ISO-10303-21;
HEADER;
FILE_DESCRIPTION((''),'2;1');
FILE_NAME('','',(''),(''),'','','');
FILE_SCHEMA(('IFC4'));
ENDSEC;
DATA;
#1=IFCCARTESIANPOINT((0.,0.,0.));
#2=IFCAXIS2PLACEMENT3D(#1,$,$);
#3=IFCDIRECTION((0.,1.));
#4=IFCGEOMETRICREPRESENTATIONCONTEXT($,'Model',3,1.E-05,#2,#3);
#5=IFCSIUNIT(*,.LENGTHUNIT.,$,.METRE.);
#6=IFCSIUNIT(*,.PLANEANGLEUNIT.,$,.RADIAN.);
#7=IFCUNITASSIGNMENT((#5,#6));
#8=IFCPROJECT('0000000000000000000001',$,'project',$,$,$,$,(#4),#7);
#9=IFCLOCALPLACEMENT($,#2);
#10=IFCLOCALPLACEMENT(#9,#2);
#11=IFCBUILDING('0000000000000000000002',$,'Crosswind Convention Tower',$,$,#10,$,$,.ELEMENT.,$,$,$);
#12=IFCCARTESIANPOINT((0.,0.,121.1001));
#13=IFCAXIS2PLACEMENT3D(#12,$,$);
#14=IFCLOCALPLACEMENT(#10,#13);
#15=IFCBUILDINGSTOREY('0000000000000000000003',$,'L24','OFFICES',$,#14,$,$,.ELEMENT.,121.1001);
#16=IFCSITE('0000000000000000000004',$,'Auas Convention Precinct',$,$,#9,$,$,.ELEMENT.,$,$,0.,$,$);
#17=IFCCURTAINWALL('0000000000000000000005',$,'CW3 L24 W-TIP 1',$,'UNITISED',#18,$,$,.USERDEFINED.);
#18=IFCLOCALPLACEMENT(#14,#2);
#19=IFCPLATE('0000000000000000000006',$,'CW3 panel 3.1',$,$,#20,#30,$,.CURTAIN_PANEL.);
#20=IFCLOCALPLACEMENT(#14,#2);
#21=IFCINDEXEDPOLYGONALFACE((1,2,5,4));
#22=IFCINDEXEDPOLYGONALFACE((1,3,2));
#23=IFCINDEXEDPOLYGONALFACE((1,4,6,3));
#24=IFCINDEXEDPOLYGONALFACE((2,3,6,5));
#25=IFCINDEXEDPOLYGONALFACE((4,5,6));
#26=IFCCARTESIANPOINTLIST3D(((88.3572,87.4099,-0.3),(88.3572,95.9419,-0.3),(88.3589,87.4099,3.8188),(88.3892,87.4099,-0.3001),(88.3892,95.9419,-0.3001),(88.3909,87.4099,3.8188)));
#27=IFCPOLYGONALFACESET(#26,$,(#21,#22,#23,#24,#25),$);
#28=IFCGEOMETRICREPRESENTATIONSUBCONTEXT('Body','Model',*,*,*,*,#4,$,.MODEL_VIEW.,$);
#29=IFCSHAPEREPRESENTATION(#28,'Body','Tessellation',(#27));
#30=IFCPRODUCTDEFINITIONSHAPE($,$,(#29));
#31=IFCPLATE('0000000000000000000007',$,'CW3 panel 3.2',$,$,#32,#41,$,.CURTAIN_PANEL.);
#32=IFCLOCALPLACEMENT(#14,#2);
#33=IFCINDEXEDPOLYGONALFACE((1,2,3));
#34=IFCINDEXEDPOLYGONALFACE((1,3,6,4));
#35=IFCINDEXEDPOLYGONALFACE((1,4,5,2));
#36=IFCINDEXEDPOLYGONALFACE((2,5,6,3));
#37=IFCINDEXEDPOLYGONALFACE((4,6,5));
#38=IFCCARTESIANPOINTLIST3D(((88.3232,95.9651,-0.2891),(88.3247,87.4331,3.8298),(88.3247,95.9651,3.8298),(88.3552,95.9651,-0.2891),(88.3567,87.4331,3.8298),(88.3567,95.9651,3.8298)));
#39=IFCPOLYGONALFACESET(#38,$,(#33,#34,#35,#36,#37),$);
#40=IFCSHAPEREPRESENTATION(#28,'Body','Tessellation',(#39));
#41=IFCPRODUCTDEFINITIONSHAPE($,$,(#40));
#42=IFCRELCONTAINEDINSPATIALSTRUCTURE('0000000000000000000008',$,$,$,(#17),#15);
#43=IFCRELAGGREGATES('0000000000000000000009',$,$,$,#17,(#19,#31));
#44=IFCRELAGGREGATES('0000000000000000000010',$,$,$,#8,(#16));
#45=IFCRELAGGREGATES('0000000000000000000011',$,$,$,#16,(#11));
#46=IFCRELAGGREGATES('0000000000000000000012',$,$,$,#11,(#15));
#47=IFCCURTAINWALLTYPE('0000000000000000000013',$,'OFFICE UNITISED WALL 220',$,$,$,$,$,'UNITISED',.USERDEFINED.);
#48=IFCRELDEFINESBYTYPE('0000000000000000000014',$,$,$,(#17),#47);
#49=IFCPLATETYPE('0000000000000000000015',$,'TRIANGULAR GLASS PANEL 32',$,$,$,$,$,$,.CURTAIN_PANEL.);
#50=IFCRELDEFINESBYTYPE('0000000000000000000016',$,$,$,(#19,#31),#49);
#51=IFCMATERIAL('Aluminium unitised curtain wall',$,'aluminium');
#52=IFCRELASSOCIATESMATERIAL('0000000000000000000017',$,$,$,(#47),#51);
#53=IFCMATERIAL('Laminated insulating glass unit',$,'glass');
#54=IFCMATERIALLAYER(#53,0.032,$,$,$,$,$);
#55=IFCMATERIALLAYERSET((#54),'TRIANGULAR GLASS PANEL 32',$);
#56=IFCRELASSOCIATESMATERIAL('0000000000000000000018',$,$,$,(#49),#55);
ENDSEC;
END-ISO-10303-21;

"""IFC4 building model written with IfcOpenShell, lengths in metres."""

from ifc_helpers import new_model, si_unit, direction, frame, origin, place, context, subcontext, project, spatial, polyline, outline, extrude, material, layer, layer_set, type_object, element, aggregate, save


model = new_model("IFC4")

# Units and contexts
model_context = context("Model", 3, precision=1e-05, world=origin(), true_north=direction((0.0, 1.0)))
body_context = subcontext(model_context, "Body", "Model", "MODEL_VIEW")
ifc_project = project(units=[si_unit("LENGTHUNIT", "METRE"), si_unit("PLANEANGLEUNIT", "RADIAN")], contexts=[model_context])

# Site, building, storey
site_placement = place(None, origin())
site = spatial("IfcSite", under=ifc_project, at=site_placement, Name="Auas Convention Precinct", CompositionType="ELEMENT", RefElevation=0.0)
building_placement = place(site_placement, origin())
building = spatial("IfcBuilding", under=site, at=building_placement, Name="Crosswind Convention Tower", CompositionType="ELEMENT")
storey_placement = place(building_placement, frame((0.0, 0.0, 121.1001)))
storey = spatial("IfcBuildingStorey", under=building, at=storey_placement, Name="L24", Description="OFFICES", CompositionType="ELEMENT", Elevation=121.1001)

# Shared definitions
ifc_material_1 = material(Name="Aluminium unitised curtain wall", Category="aluminium")

# Curtain wall
curtain_wall_type_1 = type_object("IfcCurtainWallType", Name="OFFICE UNITISED WALL 220", ElementType="UNITISED", PredefinedType="USERDEFINED", material=ifc_material_1)
curtain_wall_1_placement = place(storey_placement, origin())
curtain_wall_1 = element("IfcCurtainWall", 1, at=curtain_wall_1_placement, inside=storey, type_object=curtain_wall_type_1, Name="CW3 L24 W-TIP 1", ObjectType="UNITISED", PredefinedType="USERDEFINED")

# Plates
ifc_material_2 = material(Name="Laminated insulating glass unit", Category="glass")
ifc_layer_1 = layer(ifc_material_2, 0.032)
ifc_layer_set_1 = layer_set([ifc_layer_1], Name="TRIANGULAR GLASS PANEL 32")
plate_type_1 = type_object("IfcPlateType", Name="TRIANGULAR GLASS PANEL 32", PredefinedType="CURTAIN_PANEL", material=ifc_layer_set_1)
plate_1_placement = place(storey_placement, frame((88.3572, 87.4099, -0.3), z_axis=(-1.0, 0.0, 0.000415), x_axis=(0.000415, 0.0, 1.0)))
plate_1 = element("IfcPlate", 2, at=plate_1_placement, type_object=plate_type_1, Name="CW3 panel 3.1", PredefinedType="CURTAIN_PANEL", context=body_context, shape_type="SweptSolid", body=[
    extrude(outline(polyline([(0.0, 0.0), (4.1189, 0.0), (0.0, 8.532), (0.0, 0.0)])), origin(), (0.0, 0.0, -1.0), 0.032),
])
plate_2_placement = place(storey_placement, frame((88.3247, 95.9651, 3.8298), z_axis=(-1.0, 0.0, 0.000356), x_axis=(-0.000356, 0.0, -1.0)))
plate_2 = element("IfcPlate", 3, at=plate_2_placement, type_object=plate_type_1, Name="CW3 panel 3.2", PredefinedType="CURTAIN_PANEL", context=body_context, shape_type="SweptSolid", body=[
    extrude(outline(polyline([(0.0, 0.0), (4.1189, 0.0), (0.0, 8.532), (0.0, 0.0)])), origin(), (0.0, 0.0, -1.0), 0.032),
])
aggregate(curtain_wall_1, [plate_1, plate_2])

save(model, "model.ifc")
